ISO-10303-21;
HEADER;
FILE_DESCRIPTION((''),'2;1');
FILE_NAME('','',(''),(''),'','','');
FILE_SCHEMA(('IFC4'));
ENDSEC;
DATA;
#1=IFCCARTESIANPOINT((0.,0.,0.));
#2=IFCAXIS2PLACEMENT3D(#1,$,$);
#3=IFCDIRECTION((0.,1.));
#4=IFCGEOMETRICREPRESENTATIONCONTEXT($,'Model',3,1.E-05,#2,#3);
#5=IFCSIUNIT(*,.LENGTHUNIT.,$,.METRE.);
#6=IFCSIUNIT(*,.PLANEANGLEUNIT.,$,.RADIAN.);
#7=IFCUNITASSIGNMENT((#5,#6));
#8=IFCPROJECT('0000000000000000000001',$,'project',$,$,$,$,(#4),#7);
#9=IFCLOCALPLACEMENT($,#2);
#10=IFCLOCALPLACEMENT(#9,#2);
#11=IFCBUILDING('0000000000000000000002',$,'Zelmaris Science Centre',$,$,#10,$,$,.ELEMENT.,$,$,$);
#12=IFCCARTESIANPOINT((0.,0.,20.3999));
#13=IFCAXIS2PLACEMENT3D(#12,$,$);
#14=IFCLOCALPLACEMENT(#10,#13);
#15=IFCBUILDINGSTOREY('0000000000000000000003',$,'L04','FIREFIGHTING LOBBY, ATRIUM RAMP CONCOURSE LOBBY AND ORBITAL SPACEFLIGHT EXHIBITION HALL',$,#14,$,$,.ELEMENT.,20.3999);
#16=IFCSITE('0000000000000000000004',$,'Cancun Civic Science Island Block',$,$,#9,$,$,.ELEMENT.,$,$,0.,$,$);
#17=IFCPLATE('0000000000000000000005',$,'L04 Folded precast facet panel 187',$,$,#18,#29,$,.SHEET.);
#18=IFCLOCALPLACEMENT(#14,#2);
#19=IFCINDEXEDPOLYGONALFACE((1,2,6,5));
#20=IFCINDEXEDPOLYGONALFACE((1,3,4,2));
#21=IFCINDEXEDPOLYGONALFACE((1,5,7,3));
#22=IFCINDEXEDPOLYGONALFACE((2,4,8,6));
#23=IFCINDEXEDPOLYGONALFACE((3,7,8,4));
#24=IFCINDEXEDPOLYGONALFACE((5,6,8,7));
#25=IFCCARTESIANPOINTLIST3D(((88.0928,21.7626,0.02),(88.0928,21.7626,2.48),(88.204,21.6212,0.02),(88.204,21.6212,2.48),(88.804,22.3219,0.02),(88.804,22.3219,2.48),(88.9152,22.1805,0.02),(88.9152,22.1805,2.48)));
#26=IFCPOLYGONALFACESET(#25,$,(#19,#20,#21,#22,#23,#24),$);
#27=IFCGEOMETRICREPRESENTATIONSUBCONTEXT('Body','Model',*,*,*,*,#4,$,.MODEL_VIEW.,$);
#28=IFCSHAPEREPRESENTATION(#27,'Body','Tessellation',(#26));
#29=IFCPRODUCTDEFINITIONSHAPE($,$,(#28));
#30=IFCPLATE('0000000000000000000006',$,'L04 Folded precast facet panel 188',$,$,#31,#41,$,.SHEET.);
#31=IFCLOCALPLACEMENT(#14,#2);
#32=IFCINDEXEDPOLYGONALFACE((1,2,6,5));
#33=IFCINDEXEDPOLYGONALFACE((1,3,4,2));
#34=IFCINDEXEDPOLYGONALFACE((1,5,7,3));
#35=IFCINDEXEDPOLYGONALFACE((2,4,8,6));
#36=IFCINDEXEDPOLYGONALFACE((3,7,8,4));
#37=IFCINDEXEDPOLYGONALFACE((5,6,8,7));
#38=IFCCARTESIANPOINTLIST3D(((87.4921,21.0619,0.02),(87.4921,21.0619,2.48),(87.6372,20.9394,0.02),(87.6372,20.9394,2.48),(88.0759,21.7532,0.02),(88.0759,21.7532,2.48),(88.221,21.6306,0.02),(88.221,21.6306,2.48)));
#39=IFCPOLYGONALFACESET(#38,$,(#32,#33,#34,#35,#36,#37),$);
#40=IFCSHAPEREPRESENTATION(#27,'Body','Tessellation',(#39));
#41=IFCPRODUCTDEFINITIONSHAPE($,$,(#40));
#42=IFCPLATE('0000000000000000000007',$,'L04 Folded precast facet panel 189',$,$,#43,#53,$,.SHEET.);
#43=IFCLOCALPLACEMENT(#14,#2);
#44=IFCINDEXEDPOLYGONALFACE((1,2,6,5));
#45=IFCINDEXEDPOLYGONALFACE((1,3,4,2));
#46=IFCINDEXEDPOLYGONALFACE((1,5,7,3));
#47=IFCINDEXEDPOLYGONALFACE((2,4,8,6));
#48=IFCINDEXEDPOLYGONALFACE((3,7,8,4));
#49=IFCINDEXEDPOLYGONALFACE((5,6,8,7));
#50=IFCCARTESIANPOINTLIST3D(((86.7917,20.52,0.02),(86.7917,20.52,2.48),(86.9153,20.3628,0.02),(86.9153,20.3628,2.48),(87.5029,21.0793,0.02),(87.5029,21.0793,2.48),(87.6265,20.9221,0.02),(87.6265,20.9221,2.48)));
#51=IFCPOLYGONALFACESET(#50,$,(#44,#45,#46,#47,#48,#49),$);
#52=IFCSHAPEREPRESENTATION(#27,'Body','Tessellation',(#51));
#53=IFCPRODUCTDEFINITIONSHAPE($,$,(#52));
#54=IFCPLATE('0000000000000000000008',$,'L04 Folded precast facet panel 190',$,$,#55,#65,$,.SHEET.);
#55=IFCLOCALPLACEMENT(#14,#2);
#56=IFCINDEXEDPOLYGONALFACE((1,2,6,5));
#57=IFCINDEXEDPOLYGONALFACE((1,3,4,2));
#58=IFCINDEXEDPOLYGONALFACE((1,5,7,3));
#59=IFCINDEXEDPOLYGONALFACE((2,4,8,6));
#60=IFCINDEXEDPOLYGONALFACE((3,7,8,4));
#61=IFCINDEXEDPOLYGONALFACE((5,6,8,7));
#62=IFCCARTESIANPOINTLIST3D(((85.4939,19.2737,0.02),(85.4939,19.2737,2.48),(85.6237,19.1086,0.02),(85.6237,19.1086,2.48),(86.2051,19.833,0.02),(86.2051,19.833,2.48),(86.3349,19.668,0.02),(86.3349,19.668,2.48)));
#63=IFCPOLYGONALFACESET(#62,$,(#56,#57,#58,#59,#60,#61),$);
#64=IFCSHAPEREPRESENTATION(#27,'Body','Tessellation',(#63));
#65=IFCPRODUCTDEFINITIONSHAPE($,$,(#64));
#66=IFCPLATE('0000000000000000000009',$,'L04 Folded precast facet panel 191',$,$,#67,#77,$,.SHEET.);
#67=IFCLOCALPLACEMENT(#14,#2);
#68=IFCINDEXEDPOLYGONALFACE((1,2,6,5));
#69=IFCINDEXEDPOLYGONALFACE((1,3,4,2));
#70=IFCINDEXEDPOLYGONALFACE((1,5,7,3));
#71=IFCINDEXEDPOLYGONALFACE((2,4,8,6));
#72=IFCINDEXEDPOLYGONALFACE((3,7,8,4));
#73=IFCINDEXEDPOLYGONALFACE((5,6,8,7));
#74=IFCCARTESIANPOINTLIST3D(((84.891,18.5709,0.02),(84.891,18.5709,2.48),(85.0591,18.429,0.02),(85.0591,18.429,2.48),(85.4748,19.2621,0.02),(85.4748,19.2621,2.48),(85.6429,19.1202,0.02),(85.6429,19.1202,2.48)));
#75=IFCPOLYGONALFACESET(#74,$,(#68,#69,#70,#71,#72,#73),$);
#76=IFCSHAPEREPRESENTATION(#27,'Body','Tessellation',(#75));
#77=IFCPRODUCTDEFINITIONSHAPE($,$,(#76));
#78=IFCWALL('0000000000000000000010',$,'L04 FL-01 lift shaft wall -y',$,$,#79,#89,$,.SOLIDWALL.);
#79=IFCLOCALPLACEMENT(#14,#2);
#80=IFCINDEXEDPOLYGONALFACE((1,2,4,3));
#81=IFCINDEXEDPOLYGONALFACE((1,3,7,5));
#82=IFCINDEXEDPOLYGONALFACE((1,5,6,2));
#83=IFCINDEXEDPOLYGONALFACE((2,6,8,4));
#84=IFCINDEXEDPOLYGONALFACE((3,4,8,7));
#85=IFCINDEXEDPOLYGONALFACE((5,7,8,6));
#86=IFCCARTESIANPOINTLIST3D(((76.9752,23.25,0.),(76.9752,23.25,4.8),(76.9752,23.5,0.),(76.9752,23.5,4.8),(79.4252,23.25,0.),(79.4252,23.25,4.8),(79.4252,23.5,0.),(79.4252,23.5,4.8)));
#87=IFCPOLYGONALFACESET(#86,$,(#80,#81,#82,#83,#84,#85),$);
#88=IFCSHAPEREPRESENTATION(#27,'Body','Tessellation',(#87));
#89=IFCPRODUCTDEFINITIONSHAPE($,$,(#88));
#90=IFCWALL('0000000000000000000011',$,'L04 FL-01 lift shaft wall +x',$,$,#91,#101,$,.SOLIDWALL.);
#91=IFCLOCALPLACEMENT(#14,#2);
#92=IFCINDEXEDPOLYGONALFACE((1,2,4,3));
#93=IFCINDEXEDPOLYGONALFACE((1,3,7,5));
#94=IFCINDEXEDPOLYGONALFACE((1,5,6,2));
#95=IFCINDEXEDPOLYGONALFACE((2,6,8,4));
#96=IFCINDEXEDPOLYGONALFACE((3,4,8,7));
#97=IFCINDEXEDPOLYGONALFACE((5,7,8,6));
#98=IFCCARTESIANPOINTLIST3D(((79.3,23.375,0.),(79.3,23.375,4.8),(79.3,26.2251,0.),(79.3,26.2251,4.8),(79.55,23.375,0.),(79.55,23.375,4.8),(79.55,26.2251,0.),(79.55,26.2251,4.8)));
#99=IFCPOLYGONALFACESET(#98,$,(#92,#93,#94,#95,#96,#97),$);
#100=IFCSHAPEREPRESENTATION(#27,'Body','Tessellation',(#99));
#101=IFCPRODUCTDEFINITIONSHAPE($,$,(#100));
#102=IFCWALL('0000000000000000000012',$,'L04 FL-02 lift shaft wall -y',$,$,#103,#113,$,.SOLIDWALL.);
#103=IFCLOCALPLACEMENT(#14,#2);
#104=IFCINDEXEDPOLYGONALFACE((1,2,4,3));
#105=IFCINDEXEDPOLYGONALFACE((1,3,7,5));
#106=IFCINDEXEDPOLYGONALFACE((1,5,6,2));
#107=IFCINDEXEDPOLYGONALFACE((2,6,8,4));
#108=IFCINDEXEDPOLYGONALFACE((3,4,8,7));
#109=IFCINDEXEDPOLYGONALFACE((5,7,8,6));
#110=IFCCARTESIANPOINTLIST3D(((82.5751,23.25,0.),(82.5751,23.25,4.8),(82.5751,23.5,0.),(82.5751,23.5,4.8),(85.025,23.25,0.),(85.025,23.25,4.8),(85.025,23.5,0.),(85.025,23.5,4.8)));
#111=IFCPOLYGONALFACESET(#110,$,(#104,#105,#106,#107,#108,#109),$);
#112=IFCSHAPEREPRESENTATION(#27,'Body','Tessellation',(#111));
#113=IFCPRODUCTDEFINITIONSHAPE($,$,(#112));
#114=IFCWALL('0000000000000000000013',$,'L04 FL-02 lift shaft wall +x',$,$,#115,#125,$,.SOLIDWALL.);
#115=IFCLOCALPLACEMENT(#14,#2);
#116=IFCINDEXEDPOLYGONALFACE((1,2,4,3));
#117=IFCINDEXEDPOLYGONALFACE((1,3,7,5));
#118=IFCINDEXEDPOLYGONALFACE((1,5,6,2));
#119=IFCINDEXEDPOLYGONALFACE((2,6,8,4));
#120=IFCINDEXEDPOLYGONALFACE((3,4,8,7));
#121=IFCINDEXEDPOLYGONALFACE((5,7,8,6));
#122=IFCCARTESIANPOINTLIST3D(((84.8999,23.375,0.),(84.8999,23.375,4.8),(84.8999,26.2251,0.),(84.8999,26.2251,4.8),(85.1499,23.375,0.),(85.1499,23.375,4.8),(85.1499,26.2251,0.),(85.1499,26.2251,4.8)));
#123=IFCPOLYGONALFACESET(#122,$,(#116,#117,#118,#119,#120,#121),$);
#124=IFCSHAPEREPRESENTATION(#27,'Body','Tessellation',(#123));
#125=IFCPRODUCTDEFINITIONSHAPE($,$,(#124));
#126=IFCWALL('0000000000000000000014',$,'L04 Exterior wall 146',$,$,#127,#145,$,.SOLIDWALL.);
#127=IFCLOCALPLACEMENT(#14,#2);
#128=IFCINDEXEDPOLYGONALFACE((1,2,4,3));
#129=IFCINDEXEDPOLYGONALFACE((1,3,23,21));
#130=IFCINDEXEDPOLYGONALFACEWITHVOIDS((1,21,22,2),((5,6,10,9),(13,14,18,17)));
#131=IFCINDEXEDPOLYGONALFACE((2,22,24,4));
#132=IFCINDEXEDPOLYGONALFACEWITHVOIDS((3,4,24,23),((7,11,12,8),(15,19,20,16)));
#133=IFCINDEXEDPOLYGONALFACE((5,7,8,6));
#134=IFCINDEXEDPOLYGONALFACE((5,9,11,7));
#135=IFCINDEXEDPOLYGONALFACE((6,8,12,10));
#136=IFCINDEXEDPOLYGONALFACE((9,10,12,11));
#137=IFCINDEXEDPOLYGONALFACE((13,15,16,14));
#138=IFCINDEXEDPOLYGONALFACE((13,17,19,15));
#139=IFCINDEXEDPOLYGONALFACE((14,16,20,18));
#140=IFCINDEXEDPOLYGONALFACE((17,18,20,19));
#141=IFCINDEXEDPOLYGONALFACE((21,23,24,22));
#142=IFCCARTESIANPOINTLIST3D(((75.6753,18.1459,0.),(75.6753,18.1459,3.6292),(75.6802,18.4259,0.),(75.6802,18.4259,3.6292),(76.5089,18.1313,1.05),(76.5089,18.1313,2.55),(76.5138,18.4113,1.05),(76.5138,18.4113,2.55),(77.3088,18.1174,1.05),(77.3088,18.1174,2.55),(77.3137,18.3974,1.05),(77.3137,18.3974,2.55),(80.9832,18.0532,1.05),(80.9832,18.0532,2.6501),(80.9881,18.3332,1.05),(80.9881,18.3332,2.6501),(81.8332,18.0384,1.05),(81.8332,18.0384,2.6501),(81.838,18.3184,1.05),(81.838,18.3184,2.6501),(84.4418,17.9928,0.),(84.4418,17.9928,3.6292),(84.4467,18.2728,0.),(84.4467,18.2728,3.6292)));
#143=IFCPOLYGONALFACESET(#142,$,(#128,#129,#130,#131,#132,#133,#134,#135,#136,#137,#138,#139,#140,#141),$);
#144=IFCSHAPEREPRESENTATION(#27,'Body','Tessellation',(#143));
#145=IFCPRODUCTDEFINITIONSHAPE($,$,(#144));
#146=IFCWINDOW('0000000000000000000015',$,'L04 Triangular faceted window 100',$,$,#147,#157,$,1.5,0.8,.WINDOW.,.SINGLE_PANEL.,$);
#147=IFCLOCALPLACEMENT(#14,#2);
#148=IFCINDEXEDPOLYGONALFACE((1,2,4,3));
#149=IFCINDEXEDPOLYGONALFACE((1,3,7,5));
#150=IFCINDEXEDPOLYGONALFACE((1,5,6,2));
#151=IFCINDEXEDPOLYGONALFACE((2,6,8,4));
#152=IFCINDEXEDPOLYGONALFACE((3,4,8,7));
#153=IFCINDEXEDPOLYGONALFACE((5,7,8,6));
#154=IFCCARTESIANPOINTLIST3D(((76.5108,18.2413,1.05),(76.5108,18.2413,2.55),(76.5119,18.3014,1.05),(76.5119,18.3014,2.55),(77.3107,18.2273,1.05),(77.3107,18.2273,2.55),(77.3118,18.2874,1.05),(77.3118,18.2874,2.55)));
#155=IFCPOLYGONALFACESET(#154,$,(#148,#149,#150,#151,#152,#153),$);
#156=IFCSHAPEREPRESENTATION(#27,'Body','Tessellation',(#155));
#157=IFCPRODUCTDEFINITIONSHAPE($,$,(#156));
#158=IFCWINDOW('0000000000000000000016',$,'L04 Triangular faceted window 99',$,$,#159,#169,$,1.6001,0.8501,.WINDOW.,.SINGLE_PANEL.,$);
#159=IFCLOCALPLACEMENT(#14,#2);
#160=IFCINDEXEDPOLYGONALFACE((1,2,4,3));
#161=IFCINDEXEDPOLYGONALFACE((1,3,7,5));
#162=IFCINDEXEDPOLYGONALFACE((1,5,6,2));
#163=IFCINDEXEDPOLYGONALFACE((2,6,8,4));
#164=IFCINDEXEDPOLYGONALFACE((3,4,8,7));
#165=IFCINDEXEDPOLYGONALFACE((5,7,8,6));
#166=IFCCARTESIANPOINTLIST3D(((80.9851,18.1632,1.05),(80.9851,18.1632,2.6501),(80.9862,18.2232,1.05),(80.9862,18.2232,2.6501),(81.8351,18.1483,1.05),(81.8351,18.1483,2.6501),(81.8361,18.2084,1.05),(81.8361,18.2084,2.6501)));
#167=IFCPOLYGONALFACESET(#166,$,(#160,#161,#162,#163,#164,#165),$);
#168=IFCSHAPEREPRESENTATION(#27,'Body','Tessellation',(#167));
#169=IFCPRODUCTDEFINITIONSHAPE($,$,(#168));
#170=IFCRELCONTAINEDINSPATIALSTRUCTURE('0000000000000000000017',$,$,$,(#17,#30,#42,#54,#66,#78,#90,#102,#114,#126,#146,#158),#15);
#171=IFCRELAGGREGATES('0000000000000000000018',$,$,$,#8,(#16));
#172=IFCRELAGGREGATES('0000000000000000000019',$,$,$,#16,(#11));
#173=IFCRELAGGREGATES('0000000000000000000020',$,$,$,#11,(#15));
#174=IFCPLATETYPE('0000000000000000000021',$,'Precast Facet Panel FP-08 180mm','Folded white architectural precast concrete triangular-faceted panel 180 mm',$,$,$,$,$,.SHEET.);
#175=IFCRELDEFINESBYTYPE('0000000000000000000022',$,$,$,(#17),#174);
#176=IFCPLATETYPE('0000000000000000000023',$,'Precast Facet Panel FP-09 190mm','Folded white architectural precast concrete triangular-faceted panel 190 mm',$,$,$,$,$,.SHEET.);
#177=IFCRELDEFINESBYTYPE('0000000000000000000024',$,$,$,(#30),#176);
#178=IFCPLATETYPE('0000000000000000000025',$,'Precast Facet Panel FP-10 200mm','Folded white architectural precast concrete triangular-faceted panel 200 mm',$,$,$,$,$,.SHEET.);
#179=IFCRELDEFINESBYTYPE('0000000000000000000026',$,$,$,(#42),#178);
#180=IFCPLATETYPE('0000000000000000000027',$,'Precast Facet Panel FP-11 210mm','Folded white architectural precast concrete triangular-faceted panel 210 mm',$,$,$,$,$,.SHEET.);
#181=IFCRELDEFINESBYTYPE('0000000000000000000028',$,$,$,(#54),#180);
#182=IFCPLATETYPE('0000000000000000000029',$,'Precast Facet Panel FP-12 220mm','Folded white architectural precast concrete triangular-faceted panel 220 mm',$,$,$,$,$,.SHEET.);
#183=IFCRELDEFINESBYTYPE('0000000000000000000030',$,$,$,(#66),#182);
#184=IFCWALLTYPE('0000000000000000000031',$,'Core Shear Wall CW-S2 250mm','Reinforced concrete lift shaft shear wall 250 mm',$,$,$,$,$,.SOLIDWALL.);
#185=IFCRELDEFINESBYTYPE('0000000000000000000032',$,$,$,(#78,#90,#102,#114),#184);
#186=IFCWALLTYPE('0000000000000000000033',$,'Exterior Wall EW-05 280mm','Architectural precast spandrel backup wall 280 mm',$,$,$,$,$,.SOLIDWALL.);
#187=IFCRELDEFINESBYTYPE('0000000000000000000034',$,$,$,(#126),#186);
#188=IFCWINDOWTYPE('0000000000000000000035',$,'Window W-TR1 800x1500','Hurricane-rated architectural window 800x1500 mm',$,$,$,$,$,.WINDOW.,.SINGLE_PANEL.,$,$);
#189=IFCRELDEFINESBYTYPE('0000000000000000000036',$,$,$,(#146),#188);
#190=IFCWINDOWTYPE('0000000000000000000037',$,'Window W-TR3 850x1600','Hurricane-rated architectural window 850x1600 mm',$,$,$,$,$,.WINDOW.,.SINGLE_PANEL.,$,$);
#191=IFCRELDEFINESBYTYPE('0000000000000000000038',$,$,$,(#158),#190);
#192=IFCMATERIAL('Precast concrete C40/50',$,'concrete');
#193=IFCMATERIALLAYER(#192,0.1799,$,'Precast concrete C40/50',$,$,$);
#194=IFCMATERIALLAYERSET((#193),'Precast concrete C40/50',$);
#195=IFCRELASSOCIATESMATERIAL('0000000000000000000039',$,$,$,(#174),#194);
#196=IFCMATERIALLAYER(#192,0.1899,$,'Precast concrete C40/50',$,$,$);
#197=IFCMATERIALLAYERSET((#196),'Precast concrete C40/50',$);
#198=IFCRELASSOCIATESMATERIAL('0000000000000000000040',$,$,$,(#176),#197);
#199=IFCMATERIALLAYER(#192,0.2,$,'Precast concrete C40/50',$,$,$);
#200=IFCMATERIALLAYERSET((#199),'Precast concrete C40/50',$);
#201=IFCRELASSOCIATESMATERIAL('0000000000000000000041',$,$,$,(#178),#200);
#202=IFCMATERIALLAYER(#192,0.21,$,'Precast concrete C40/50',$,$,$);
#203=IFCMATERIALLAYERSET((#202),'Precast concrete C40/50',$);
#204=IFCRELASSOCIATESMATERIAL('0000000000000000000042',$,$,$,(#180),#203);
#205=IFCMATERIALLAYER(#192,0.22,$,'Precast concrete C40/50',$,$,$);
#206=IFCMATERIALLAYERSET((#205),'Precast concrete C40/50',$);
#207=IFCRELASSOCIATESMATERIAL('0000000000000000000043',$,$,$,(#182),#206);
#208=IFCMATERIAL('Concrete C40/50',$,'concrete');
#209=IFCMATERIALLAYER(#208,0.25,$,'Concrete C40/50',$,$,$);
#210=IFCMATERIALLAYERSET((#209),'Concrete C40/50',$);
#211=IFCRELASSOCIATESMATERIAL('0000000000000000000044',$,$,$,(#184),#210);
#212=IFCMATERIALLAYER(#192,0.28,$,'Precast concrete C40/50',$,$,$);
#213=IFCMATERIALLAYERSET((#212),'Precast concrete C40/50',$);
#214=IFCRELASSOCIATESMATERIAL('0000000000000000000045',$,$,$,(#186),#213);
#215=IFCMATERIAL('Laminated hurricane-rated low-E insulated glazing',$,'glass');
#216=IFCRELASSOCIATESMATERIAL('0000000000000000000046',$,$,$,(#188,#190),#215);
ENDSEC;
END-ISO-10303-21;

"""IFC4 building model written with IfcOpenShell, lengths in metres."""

from ifc_helpers import new_model, si_unit, direction, frame, frame_2d, origin, place, context, subcontext, project, spatial, rectangle, extrude, material, layer, layer_set, type_object, element, fill, save


model = new_model("IFC4")

# Units and contexts
model_context = context("Model", 3, precision=1e-05, world=origin(), true_north=direction((0.0, 1.0)))
body_context = subcontext(model_context, "Body", "Model", "MODEL_VIEW")
ifc_project = project(units=[si_unit("LENGTHUNIT", "METRE"), si_unit("PLANEANGLEUNIT", "RADIAN")], contexts=[model_context])

# Site, building, storey
site_placement = place(None, origin())
site = spatial("IfcSite", under=ifc_project, at=site_placement, Name="Cancun Civic Science Island Block", CompositionType="ELEMENT", RefElevation=0.0)
building_placement = place(site_placement, origin())
building = spatial("IfcBuilding", under=site, at=building_placement, Name="Zelmaris Science Centre", CompositionType="ELEMENT")
storey_placement = place(building_placement, frame((0.0, 0.0, 20.3999)))
storey = spatial("IfcBuildingStorey", under=building, at=storey_placement, Name="L04", Description="FIREFIGHTING LOBBY, ATRIUM RAMP CONCOURSE LOBBY AND ORBITAL SPACEFLIGHT EXHIBITION HALL", CompositionType="ELEMENT", Elevation=20.3999)

# Plates
ifc_material_1 = material(Name="Precast concrete C40/50", Category="concrete")
ifc_layer_1 = layer(ifc_material_1, 0.1799, Name="Precast concrete C40/50")
ifc_layer_set_1 = layer_set([ifc_layer_1], Name="Precast concrete C40/50")
plate_type_1 = type_object("IfcPlateType", Name="Precast Facet Panel FP-08 180mm", Description="Folded white architectural precast concrete triangular-faceted panel 180 mm", PredefinedType="SHEET", material=ifc_layer_set_1)
plate_1_placement = place(storey_placement, frame((88.8596, 22.2512, 0.02), z_axis=(0.0, 0.0, 1.0), x_axis=(-0.786028, -0.618191, 0.0)))
element("IfcPlate", 1, at=plate_1_placement, inside=storey, type_object=plate_type_1, Name="L04 Folded precast facet panel 187", PredefinedType="SHEET", context=body_context, shape_type="SweptSolid", body=[
    extrude(rectangle(XDim=0.9048, YDim=0.1799, at=frame_2d((0.4524, 0.0))), origin(), (0.0, 0.0, 1.0), 2.46),
])
ifc_layer_2 = layer(ifc_material_1, 0.1899, Name="Precast concrete C40/50")
ifc_layer_set_2 = layer_set([ifc_layer_2], Name="Precast concrete C40/50")
plate_type_2 = type_object("IfcPlateType", Name="Precast Facet Panel FP-09 190mm", Description="Folded white architectural precast concrete triangular-faceted panel 190 mm", PredefinedType="SHEET", material=ifc_layer_set_2)
plate_2_placement = place(storey_placement, frame((88.1484, 21.6919, 0.02), z_axis=(0.0, 0.0, 1.0), x_axis=(-0.64524, -0.76398, 0.0)))
element("IfcPlate", 2, at=plate_2_placement, inside=storey, type_object=plate_type_2, Name="L04 Folded precast facet panel 188", PredefinedType="SHEET", context=body_context, shape_type="SweptSolid", body=[
    extrude(rectangle(XDim=0.9048, YDim=0.1899, at=frame_2d((0.4524, 0.0))), origin(), (0.0, 0.0, 1.0), 2.46),
])
ifc_layer_3 = layer(ifc_material_1, 0.2, Name="Precast concrete C40/50")
ifc_layer_set_3 = layer_set([ifc_layer_3], Name="Precast concrete C40/50")
plate_type_3 = type_object("IfcPlateType", Name="Precast Facet Panel FP-10 200mm", Description="Folded white architectural precast concrete triangular-faceted panel 200 mm", PredefinedType="SHEET", material=ifc_layer_set_3)
plate_3_placement = place(storey_placement, frame((87.5647, 21.0007, 0.02), z_axis=(0.0, 0.0, 1.0), x_axis=(-0.786028, -0.618191, 0.0)))
element("IfcPlate", 3, at=plate_3_placement, inside=storey, type_object=plate_type_3, Name="L04 Folded precast facet panel 189", PredefinedType="SHEET", context=body_context, shape_type="SweptSolid", body=[
    extrude(rectangle(XDim=0.9048, YDim=0.2, at=frame_2d((0.4524, 0.0))), origin(), (0.0, 0.0, 1.0), 2.46),
])
ifc_layer_4 = layer(ifc_material_1, 0.21, Name="Precast concrete C40/50")
ifc_layer_set_4 = layer_set([ifc_layer_4], Name="Precast concrete C40/50")
plate_type_4 = type_object("IfcPlateType", Name="Precast Facet Panel FP-11 210mm", Description="Folded white architectural precast concrete triangular-faceted panel 210 mm", PredefinedType="SHEET", material=ifc_layer_set_4)
plate_4_placement = place(storey_placement, frame((86.27, 19.7505, 0.02), z_axis=(0.0, 0.0, 1.0), x_axis=(-0.786028, -0.618191, 0.0)))
element("IfcPlate", 4, at=plate_4_placement, inside=storey, type_object=plate_type_4, Name="L04 Folded precast facet panel 190", PredefinedType="SHEET", context=body_context, shape_type="SweptSolid", body=[
    extrude(rectangle(XDim=0.9048, YDim=0.21, at=frame_2d((0.4524, 0.0))), origin(), (0.0, 0.0, 1.0), 2.46),
])
ifc_layer_5 = layer(ifc_material_1, 0.22, Name="Precast concrete C40/50")
ifc_layer_set_5 = layer_set([ifc_layer_5], Name="Precast concrete C40/50")
plate_type_5 = type_object("IfcPlateType", Name="Precast Facet Panel FP-12 220mm", Description="Folded white architectural precast concrete triangular-faceted panel 220 mm", PredefinedType="SHEET", material=ifc_layer_set_5)
plate_5_placement = place(storey_placement, frame((85.5588, 19.1912, 0.02), z_axis=(0.0, 0.0, 1.0), x_axis=(-0.64524, -0.76398, 0.0)))
element("IfcPlate", 5, at=plate_5_placement, inside=storey, type_object=plate_type_5, Name="L04 Folded precast facet panel 191", PredefinedType="SHEET", context=body_context, shape_type="SweptSolid", body=[
    extrude(rectangle(XDim=0.9048, YDim=0.22, at=frame_2d((0.4524, 0.0))), origin(), (0.0, 0.0, 1.0), 2.46),
])

# Walls
ifc_material_2 = material(Name="Concrete C40/50", Category="concrete")
ifc_layer_6 = layer(ifc_material_2, 0.25, Name="Concrete C40/50")
ifc_layer_set_6 = layer_set([ifc_layer_6], Name="Concrete C40/50")
wall_type_1 = type_object("IfcWallType", Name="Core Shear Wall CW-S2 250mm", Description="Reinforced concrete lift shaft shear wall 250 mm", PredefinedType="SOLIDWALL", material=ifc_layer_set_6)
wall_1_placement = place(storey_placement, frame((76.9751, 23.375, 0.0), z_axis=(0.0, 0.0, 1.0), x_axis=(1.0, 0.0, 0.0)))
element("IfcWall", 6, at=wall_1_placement, inside=storey, type_object=wall_type_1, Name="L04 FL-01 lift shaft wall -y", PredefinedType="SOLIDWALL", context=body_context, shape_type="SweptSolid", body=[
    extrude(rectangle(XDim=2.45, YDim=0.25, at=frame_2d((1.2251, 0.0))), origin(), (0.0, 0.0, 1.0), 4.8),
])
wall_2_placement = place(storey_placement, frame((79.425, 23.375, 0.0), z_axis=(0.0, 0.0, 1.0), x_axis=(0.0, 1.0, 0.0)))
element("IfcWall", 7, at=wall_2_placement, inside=storey, type_object=wall_type_1, Name="L04 FL-01 lift shaft wall +x", PredefinedType="SOLIDWALL", context=body_context, shape_type="SweptSolid", body=[
    extrude(rectangle(XDim=2.8501, YDim=0.25, at=frame_2d((1.425, 0.0))), origin(), (0.0, 0.0, 1.0), 4.8),
])
wall_3_placement = place(storey_placement, frame((82.575, 23.375, 0.0), z_axis=(0.0, 0.0, 1.0), x_axis=(1.0, 0.0, 0.0)))
element("IfcWall", 8, at=wall_3_placement, inside=storey, type_object=wall_type_1, Name="L04 FL-02 lift shaft wall -y", PredefinedType="SOLIDWALL", context=body_context, shape_type="SweptSolid", body=[
    extrude(rectangle(XDim=2.45, YDim=0.25, at=frame_2d((1.2251, 0.0))), origin(), (0.0, 0.0, 1.0), 4.8),
])
wall_4_placement = place(storey_placement, frame((85.0249, 23.375, 0.0), z_axis=(0.0, 0.0, 1.0), x_axis=(0.0, 1.0, 0.0)))
element("IfcWall", 9, at=wall_4_placement, inside=storey, type_object=wall_type_1, Name="L04 FL-02 lift shaft wall +x", PredefinedType="SOLIDWALL", context=body_context, shape_type="SweptSolid", body=[
    extrude(rectangle(XDim=2.8501, YDim=0.25, at=frame_2d((1.425, 0.0))), origin(), (0.0, 0.0, 1.0), 4.8),
])

# Wall, openings, windows
ifc_layer_7 = layer(ifc_material_1, 0.28, Name="Precast concrete C40/50")
ifc_layer_set_7 = layer_set([ifc_layer_7], Name="Precast concrete C40/50")
wall_type_2 = type_object("IfcWallType", Name="Exterior Wall EW-05 280mm", Description="Architectural precast spandrel backup wall 280 mm", PredefinedType="SOLIDWALL", material=ifc_layer_set_7)
wall_5_placement = place(storey_placement, frame((84.4441, 18.1328, 0.0), z_axis=(0.0, 0.0, 1.0), x_axis=(-0.999848, 0.017459, 0.0)))
wall_5 = element("IfcWall", 10, at=wall_5_placement, inside=storey, type_object=wall_type_2, Name="L04 Exterior wall 146", PredefinedType="SOLIDWALL", context=body_context, shape_type="SweptSolid", body=[
    extrude(rectangle(XDim=8.7678, YDim=0.28, at=frame_2d((4.3838, 0.0))), origin(), (0.0, 0.0, 1.0), 3.6292),
])
opening_1_placement = place(wall_5_placement, frame((2.6089, 0.0, 1.05)))
opening_1 = element("IfcOpeningElement", 11, at=opening_1_placement, cuts=wall_5, PredefinedType="OPENING", context=body_context, shape_type="SweptSolid", body=[
    extrude(rectangle(XDim=0.8501, YDim=1.6001, at=frame_2d((0.425, 0.8))), frame((0.0, 0.1499, 0.0), z_axis=(0.0, -1.0, 0.0), x_axis=(1.0, 0.0, 0.0)), (0.0, 0.0, 1.0), 0.3),
])
opening_2_placement = place(wall_5_placement, frame((7.134, 0.0, 1.05)))
opening_2 = element("IfcOpeningElement", 12, at=opening_2_placement, cuts=wall_5, PredefinedType="OPENING", context=body_context, shape_type="SweptSolid", body=[
    extrude(rectangle(XDim=0.8, YDim=1.5, at=frame_2d((0.3999, 0.75))), frame((0.0, 0.1499, 0.0), z_axis=(0.0, -1.0, 0.0), x_axis=(1.0, 0.0, 0.0)), (0.0, 0.0, 1.0), 0.3),
])
ifc_material_3 = material(Name="Laminated hurricane-rated low-E insulated glazing", Category="glass")
window_type_1 = type_object("IfcWindowType", Name="Window W-TR1 800x1500", Description="Hurricane-rated architectural window 800x1500 mm", PartitioningType="SINGLE_PANEL", PredefinedType="WINDOW", material=ifc_material_3)
window_1_placement = place(opening_2_placement, origin())
window_1 = element("IfcWindow", 13, at=window_1_placement, inside=storey, type_object=window_type_1, Name="L04 Triangular faceted window 100", OverallHeight=1.5, OverallWidth=0.8, PartitioningType="SINGLE_PANEL", PredefinedType="WINDOW", context=body_context, shape_type="SweptSolid", body=[
    extrude(rectangle(XDim=0.8, YDim=1.5, at=frame_2d((0.3999, 0.75))), frame((0.0, 0.03, 0.0), z_axis=(0.0, -1.0, 0.0), x_axis=(1.0, 0.0, 0.0)), (0.0, 0.0, 1.0), 0.0601),
])
fill(opening_2, window_1)
window_type_2 = type_object("IfcWindowType", Name="Window W-TR3 850x1600", Description="Hurricane-rated architectural window 850x1600 mm", PartitioningType="SINGLE_PANEL", PredefinedType="WINDOW", material=ifc_material_3)
window_2_placement = place(opening_1_placement, origin())
window_2 = element("IfcWindow", 14, at=window_2_placement, inside=storey, type_object=window_type_2, Name="L04 Triangular faceted window 99", OverallHeight=1.6001, OverallWidth=0.8501, PartitioningType="SINGLE_PANEL", PredefinedType="WINDOW", context=body_context, shape_type="SweptSolid", body=[
    extrude(rectangle(XDim=0.8501, YDim=1.6001, at=frame_2d((0.425, 0.8))), frame((0.0, 0.03, 0.0), z_axis=(0.0, -1.0, 0.0), x_axis=(1.0, 0.0, 0.0)), (0.0, 0.0, 1.0), 0.0601),
])
fill(opening_1, window_2)

save(model, "model.ifc")
